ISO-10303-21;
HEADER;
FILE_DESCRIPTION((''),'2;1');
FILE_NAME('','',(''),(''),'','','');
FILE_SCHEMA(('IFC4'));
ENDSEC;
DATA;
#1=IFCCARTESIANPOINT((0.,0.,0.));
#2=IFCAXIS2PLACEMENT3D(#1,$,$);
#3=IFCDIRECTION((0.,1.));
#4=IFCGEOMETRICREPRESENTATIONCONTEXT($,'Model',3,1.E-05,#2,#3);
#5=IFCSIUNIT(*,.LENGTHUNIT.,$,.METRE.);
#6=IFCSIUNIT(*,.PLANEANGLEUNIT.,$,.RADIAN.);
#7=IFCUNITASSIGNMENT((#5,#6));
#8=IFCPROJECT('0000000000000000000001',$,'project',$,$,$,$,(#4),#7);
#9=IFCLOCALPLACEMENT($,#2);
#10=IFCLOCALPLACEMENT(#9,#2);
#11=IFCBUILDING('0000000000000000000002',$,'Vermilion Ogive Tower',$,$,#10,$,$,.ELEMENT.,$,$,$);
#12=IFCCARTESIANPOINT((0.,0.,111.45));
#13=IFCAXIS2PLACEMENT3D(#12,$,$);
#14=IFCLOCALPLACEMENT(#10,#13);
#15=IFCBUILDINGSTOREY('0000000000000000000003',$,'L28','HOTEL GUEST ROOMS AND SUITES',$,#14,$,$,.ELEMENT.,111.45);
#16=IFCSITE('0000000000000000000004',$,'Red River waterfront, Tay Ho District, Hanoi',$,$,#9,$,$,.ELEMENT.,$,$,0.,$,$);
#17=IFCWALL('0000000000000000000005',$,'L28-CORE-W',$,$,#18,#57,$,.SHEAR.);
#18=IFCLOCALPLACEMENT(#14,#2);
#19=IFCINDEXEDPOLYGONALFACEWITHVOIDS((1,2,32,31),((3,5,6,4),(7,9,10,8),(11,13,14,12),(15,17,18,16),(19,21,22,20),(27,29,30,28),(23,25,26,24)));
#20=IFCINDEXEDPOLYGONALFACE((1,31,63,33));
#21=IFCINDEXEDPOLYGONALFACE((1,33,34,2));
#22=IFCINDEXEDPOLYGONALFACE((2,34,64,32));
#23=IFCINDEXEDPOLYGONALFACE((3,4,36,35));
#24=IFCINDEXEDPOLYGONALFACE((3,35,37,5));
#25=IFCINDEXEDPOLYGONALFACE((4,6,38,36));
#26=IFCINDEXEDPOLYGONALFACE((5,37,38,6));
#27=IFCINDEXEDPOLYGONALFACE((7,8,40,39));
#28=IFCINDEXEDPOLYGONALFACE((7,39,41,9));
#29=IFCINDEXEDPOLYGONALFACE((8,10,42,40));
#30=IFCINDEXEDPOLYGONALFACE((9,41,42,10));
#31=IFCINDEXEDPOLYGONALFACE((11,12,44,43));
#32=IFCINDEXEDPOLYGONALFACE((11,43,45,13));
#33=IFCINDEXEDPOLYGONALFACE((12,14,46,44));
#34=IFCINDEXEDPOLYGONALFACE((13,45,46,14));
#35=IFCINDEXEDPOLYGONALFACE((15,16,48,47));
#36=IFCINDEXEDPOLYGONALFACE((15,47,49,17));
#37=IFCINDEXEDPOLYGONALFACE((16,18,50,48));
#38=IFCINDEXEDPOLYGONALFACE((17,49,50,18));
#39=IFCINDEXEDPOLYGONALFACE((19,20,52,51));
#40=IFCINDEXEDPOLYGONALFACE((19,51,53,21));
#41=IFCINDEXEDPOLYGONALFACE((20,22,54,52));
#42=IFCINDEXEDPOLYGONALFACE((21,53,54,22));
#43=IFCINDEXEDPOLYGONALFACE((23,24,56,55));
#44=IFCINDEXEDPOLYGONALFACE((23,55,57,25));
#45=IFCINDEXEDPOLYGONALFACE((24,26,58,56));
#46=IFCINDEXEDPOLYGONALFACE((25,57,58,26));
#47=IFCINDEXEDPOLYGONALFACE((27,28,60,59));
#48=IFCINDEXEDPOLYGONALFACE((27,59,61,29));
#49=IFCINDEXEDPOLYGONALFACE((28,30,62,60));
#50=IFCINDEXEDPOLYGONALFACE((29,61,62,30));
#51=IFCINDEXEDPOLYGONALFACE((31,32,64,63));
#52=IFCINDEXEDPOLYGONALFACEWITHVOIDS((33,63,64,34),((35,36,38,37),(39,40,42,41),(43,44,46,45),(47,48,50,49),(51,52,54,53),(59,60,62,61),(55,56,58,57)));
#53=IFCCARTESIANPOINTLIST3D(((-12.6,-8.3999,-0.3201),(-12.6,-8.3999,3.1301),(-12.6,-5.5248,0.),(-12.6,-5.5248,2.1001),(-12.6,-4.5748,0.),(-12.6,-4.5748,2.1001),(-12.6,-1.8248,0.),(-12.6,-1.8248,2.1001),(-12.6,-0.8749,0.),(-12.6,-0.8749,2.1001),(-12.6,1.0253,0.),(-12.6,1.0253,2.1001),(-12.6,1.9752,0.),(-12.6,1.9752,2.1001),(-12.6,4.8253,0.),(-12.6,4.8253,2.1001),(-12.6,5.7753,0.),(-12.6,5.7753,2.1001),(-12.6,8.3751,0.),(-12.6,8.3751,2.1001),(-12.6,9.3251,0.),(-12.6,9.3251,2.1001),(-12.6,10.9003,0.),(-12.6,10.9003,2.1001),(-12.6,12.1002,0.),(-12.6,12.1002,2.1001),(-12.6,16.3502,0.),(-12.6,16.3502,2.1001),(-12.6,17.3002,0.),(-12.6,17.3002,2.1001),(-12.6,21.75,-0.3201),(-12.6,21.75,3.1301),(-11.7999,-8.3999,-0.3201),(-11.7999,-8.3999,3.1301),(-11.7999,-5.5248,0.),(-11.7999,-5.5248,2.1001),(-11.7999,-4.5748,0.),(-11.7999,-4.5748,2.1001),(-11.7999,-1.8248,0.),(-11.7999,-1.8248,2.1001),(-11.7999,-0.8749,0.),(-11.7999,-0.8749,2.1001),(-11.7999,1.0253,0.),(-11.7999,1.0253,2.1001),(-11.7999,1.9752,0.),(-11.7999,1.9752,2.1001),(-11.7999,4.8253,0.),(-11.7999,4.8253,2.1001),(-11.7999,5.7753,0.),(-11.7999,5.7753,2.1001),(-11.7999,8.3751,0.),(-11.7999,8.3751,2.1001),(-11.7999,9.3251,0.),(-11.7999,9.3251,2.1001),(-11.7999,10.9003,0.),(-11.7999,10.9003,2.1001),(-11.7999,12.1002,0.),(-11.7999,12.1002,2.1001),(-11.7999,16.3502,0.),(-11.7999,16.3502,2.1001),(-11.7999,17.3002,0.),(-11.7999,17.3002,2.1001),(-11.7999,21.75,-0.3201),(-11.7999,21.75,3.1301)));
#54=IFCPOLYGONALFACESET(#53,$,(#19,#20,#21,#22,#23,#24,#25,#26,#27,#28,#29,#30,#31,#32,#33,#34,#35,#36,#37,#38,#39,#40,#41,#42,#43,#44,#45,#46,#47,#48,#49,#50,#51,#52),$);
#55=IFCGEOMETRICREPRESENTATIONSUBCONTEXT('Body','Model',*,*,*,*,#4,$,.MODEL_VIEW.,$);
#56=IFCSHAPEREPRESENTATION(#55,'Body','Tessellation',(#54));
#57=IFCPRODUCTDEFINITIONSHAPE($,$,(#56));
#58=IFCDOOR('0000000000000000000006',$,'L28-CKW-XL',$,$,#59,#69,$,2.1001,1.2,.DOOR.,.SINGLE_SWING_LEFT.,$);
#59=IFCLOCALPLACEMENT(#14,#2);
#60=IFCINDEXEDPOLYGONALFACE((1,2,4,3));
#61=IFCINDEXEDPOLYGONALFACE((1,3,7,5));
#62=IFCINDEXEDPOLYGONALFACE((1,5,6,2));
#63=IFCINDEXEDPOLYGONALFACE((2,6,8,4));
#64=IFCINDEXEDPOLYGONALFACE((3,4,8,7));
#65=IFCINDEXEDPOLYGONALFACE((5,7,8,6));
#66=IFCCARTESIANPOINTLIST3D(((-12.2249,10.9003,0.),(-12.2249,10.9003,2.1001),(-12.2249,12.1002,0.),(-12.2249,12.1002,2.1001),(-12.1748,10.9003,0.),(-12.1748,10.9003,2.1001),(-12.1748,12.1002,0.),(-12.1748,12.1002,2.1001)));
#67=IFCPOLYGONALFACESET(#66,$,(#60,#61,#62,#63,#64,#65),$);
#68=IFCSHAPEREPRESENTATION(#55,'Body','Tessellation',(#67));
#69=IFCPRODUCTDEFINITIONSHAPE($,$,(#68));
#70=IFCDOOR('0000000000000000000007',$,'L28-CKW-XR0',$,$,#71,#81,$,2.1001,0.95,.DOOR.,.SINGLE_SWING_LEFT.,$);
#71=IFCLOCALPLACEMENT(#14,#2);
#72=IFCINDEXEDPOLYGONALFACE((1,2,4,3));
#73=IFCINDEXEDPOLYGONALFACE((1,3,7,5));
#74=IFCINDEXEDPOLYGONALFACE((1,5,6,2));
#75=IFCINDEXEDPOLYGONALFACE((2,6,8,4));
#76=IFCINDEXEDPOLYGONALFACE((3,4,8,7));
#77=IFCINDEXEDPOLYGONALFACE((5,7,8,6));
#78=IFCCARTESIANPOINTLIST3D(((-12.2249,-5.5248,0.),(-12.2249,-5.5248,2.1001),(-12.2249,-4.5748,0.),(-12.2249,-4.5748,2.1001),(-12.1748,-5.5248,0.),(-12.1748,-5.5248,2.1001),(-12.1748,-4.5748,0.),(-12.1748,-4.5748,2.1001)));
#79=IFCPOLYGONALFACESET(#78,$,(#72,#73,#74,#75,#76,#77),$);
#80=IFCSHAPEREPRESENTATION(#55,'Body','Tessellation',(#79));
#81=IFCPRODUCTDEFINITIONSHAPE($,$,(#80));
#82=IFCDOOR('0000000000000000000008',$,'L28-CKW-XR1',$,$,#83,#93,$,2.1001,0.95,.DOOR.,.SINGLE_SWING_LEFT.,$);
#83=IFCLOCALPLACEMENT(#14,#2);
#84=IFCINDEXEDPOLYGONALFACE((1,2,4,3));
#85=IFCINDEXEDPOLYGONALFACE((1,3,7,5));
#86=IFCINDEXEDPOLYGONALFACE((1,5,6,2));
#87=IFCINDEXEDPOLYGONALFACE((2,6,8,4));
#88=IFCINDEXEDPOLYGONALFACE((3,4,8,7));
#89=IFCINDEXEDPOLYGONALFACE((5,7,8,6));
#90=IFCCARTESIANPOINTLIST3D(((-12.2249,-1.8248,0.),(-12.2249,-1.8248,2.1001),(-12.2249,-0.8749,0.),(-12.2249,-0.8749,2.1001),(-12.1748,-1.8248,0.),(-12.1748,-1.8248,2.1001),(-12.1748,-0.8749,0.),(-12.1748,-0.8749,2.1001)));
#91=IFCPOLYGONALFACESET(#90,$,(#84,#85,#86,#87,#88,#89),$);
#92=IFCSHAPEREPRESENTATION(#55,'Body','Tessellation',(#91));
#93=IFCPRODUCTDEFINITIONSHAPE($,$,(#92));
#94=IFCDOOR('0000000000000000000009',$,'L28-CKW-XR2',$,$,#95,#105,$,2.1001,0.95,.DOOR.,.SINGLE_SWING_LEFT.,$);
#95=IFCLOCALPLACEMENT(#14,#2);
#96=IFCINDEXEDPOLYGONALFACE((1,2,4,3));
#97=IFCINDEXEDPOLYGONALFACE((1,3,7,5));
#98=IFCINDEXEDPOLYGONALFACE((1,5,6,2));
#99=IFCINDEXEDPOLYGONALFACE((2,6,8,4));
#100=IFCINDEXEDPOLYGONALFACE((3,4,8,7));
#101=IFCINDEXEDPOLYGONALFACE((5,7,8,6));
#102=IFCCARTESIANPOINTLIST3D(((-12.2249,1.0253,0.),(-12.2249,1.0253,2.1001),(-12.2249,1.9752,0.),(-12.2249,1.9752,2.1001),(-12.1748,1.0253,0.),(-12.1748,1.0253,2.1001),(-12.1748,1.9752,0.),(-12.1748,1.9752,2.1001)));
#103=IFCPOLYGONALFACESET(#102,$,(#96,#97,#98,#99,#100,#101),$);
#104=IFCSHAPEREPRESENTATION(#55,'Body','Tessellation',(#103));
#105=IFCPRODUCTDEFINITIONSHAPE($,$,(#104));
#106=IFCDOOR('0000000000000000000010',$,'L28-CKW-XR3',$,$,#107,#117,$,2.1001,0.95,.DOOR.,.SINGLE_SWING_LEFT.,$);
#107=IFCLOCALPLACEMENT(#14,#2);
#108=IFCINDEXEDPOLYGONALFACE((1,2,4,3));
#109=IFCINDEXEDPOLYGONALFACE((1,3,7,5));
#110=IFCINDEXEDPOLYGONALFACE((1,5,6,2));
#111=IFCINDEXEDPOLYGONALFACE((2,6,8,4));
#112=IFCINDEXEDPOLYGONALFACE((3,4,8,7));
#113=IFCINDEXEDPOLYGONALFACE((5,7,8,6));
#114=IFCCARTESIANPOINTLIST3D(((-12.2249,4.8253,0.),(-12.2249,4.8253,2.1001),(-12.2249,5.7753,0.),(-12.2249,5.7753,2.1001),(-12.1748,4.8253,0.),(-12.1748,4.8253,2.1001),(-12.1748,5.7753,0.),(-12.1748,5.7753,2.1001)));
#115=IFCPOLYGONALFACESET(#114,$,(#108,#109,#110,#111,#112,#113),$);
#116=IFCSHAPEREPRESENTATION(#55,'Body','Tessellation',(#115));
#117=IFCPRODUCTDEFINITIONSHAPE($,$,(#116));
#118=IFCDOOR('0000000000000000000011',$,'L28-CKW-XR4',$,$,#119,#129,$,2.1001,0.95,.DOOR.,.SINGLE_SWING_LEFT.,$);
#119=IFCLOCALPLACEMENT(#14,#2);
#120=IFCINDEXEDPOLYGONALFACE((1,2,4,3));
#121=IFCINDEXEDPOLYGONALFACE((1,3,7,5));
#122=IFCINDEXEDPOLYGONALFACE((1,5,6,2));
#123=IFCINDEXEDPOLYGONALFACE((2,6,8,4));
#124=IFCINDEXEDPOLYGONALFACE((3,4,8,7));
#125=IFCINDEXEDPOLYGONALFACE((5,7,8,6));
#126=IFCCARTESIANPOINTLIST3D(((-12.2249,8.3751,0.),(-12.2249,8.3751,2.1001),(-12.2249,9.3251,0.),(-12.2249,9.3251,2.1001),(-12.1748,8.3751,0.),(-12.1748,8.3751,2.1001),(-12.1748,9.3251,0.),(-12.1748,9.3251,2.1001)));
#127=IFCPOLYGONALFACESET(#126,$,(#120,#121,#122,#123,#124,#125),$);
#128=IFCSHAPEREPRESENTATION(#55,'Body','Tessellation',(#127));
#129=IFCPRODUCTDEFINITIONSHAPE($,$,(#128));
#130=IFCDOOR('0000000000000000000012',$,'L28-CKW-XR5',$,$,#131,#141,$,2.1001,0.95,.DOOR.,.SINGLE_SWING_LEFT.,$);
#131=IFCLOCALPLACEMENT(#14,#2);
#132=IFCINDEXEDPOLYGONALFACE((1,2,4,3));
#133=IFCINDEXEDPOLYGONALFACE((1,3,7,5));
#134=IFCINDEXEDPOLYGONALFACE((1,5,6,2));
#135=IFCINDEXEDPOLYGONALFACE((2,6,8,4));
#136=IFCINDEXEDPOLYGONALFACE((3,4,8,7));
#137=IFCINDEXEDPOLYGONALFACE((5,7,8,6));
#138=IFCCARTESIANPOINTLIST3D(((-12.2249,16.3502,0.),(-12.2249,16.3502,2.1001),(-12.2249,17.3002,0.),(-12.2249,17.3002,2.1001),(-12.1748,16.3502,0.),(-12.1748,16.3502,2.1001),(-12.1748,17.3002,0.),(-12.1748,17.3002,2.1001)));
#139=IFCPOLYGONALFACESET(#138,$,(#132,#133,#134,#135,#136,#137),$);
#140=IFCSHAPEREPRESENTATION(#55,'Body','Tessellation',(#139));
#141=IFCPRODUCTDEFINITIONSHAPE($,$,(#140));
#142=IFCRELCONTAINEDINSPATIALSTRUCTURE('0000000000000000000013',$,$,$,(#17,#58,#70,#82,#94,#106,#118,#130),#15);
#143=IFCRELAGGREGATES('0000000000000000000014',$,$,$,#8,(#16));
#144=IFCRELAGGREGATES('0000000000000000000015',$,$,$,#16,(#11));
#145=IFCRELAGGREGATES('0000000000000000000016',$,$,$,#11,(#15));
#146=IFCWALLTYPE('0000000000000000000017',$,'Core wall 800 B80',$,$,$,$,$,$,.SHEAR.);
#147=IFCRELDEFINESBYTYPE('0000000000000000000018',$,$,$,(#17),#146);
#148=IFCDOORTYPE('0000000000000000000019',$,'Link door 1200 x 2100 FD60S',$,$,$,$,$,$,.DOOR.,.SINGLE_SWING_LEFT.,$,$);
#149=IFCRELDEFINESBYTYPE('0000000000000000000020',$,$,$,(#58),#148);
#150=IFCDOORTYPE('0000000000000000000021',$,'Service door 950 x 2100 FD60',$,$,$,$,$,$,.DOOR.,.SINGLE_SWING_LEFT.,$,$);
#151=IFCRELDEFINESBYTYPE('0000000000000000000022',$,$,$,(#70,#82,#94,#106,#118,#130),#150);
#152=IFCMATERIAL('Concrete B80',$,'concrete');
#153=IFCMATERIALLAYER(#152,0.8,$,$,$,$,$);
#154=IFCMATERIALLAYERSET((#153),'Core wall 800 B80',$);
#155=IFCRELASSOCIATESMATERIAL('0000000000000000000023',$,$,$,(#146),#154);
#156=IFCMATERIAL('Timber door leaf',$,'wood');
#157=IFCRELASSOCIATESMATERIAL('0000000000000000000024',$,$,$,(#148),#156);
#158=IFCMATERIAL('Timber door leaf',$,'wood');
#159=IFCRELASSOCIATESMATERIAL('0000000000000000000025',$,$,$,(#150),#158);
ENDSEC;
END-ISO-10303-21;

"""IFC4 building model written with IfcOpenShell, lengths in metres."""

from ifc_helpers import new_model, si_unit, direction, frame, frame_2d, origin, place, context, subcontext, project, spatial, rectangle, extrude, material, layer, layer_set, type_object, element, fill, save


model = new_model("IFC4")

# Units and contexts
model_context = context("Model", 3, precision=1e-05, world=origin(), true_north=direction((0.0, 1.0)))
body_context = subcontext(model_context, "Body", "Model", "MODEL_VIEW")
ifc_project = project(units=[si_unit("LENGTHUNIT", "METRE"), si_unit("PLANEANGLEUNIT", "RADIAN")], contexts=[model_context])

# Site, building, storey
site_placement = place(None, origin())
site = spatial("IfcSite", under=ifc_project, at=site_placement, Name="Red River waterfront, Tay Ho District, Hanoi", CompositionType="ELEMENT", RefElevation=0.0)
building_placement = place(site_placement, origin())
building = spatial("IfcBuilding", under=site, at=building_placement, Name="Vermilion Ogive Tower", CompositionType="ELEMENT")
storey_placement = place(building_placement, frame((0.0, 0.0, 111.45)))
storey = spatial("IfcBuildingStorey", under=building, at=storey_placement, Name="L28", Description="HOTEL GUEST ROOMS AND SUITES", CompositionType="ELEMENT", Elevation=111.45)

# Wall, openings, doors
ifc_material_1 = material(Name="Concrete B80", Category="concrete")
ifc_layer_1 = layer(ifc_material_1, 0.8)
ifc_layer_set_1 = layer_set([ifc_layer_1], Name="Core wall 800 B80")
wall_type_1 = type_object("IfcWallType", Name="Core wall 800 B80", PredefinedType="SHEAR", material=ifc_layer_set_1)
wall_1_placement = place(storey_placement, frame((-12.2, -8.3999, -0.3201), z_axis=(0.0, 0.0, 1.0), x_axis=(0.0, 1.0, 0.0)))
wall_1 = element("IfcWall", 1, at=wall_1_placement, inside=storey, type_object=wall_type_1, Name="L28-CORE-W", PredefinedType="SHEAR", context=body_context, shape_type="SweptSolid", body=[
    extrude(rectangle(XDim=30.1499, YDim=0.8, at=frame_2d((15.075, 0.0))), origin(), (0.0, 0.0, 1.0), 3.4502),
])
opening_1_placement = place(wall_1_placement, frame((2.875, 0.0, 0.3201)))
opening_1 = element("IfcOpeningElement", 2, at=opening_1_placement, cuts=wall_1, PredefinedType="OPENING", context=body_context, shape_type="SweptSolid", body=[
    extrude(rectangle(XDim=0.95, YDim=2.1001, at=frame_2d((0.4751, 1.05))), frame((0.0, 0.4099, 0.0), z_axis=(0.0, -1.0, 0.0), x_axis=(1.0, 0.0, 0.0)), (0.0, 0.0, 1.0), 0.8201),
])
opening_2_placement = place(wall_1_placement, frame((6.575, 0.0, 0.3201)))
opening_2 = element("IfcOpeningElement", 3, at=opening_2_placement, cuts=wall_1, PredefinedType="OPENING", context=body_context, shape_type="SweptSolid", body=[
    extrude(rectangle(XDim=0.95, YDim=2.1001, at=frame_2d((0.4751, 1.05))), frame((0.0, 0.4099, 0.0), z_axis=(0.0, -1.0, 0.0), x_axis=(1.0, 0.0, 0.0)), (0.0, 0.0, 1.0), 0.8201),
])
opening_3_placement = place(wall_1_placement, frame((9.425, 0.0, 0.3201)))
opening_3 = element("IfcOpeningElement", 4, at=opening_3_placement, cuts=wall_1, PredefinedType="OPENING", context=body_context, shape_type="SweptSolid", body=[
    extrude(rectangle(XDim=0.95, YDim=2.1001, at=frame_2d((0.4751, 1.05))), frame((0.0, 0.4099, 0.0), z_axis=(0.0, -1.0, 0.0), x_axis=(1.0, 0.0, 0.0)), (0.0, 0.0, 1.0), 0.8201),
])
opening_4_placement = place(wall_1_placement, frame((13.2251, 0.0, 0.3201)))
opening_4 = element("IfcOpeningElement", 5, at=opening_4_placement, cuts=wall_1, PredefinedType="OPENING", context=body_context, shape_type="SweptSolid", body=[
    extrude(rectangle(XDim=0.95, YDim=2.1001, at=frame_2d((0.4751, 1.05))), frame((0.0, 0.4099, 0.0), z_axis=(0.0, -1.0, 0.0), x_axis=(1.0, 0.0, 0.0)), (0.0, 0.0, 1.0), 0.8201),
])
opening_5_placement = place(wall_1_placement, frame((16.7749, 0.0, 0.3201)))
opening_5 = element("IfcOpeningElement", 6, at=opening_5_placement, cuts=wall_1, PredefinedType="OPENING", context=body_context, shape_type="SweptSolid", body=[
    extrude(rectangle(XDim=0.95, YDim=2.1001, at=frame_2d((0.4751, 1.05))), frame((0.0, 0.4099, 0.0), z_axis=(0.0, -1.0, 0.0), x_axis=(1.0, 0.0, 0.0)), (0.0, 0.0, 1.0), 0.8201),
])
opening_6_placement = place(wall_1_placement, frame((24.75, 0.0, 0.3201)))
opening_6 = element("IfcOpeningElement", 7, at=opening_6_placement, cuts=wall_1, PredefinedType="OPENING", context=body_context, shape_type="SweptSolid", body=[
    extrude(rectangle(XDim=0.95, YDim=2.1001, at=frame_2d((0.4751, 1.05))), frame((0.0, 0.4099, 0.0), z_axis=(0.0, -1.0, 0.0), x_axis=(1.0, 0.0, 0.0)), (0.0, 0.0, 1.0), 0.8201),
])
opening_7_placement = place(wall_1_placement, frame((19.3, 0.0, 0.3201)))
opening_7 = element("IfcOpeningElement", 8, at=opening_7_placement, cuts=wall_1, PredefinedType="OPENING", context=body_context, shape_type="SweptSolid", body=[
    extrude(rectangle(XDim=1.2, YDim=2.1001, at=frame_2d((0.6001, 1.05))), frame((0.0, 0.4099, 0.0), z_axis=(0.0, -1.0, 0.0), x_axis=(1.0, 0.0, 0.0)), (0.0, 0.0, 1.0), 0.8201),
])
ifc_material_2 = material(Name="Timber door leaf", Category="wood")
door_type_1 = type_object("IfcDoorType", Name="Link door 1200 x 2100 FD60S", OperationType="SINGLE_SWING_LEFT", PredefinedType="DOOR", material=ifc_material_2)
door_1_placement = place(opening_7_placement, origin())
door_1 = element("IfcDoor", 9, at=door_1_placement, inside=storey, type_object=door_type_1, Name="L28-CKW-XL", OperationType="SINGLE_SWING_LEFT", OverallHeight=2.1001, OverallWidth=1.2, PredefinedType="DOOR", context=body_context, shape_type="SweptSolid", body=[
    extrude(rectangle(XDim=1.2, YDim=2.1001, at=frame_2d((0.6001, 1.05))), frame((0.0, 0.0249, 0.0), z_axis=(0.0, -1.0, 0.0), x_axis=(1.0, 0.0, 0.0)), (0.0, 0.0, 1.0), 0.05),
])
fill(opening_7, door_1)
ifc_material_3 = material(Name="Timber door leaf", Category="wood")
door_type_2 = type_object("IfcDoorType", Name="Service door 950 x 2100 FD60", OperationType="SINGLE_SWING_LEFT", PredefinedType="DOOR", material=ifc_material_3)
door_2_placement = place(opening_1_placement, origin())
door_2 = element("IfcDoor", 10, at=door_2_placement, inside=storey, type_object=door_type_2, Name="L28-CKW-XR0", OperationType="SINGLE_SWING_LEFT", OverallHeight=2.1001, OverallWidth=0.95, PredefinedType="DOOR", context=body_context, shape_type="SweptSolid", body=[
    extrude(rectangle(XDim=0.95, YDim=2.1001, at=frame_2d((0.4751, 1.05))), frame((0.0, 0.0249, 0.0), z_axis=(0.0, -1.0, 0.0), x_axis=(1.0, 0.0, 0.0)), (0.0, 0.0, 1.0), 0.05),
])
fill(opening_1, door_2)
door_3_placement = place(opening_2_placement, origin())
door_3 = element("IfcDoor", 11, at=door_3_placement, inside=storey, type_object=door_type_2, Name="L28-CKW-XR1", OperationType="SINGLE_SWING_LEFT", OverallHeight=2.1001, OverallWidth=0.95, PredefinedType="DOOR", context=body_context, shape_type="SweptSolid", body=[
    extrude(rectangle(XDim=0.95, YDim=2.1001, at=frame_2d((0.4751, 1.05))), frame((0.0, 0.0249, 0.0), z_axis=(0.0, -1.0, 0.0), x_axis=(1.0, 0.0, 0.0)), (0.0, 0.0, 1.0), 0.05),
])
fill(opening_2, door_3)
door_4_placement = place(opening_3_placement, origin())
door_4 = element("IfcDoor", 12, at=door_4_placement, inside=storey, type_object=door_type_2, Name="L28-CKW-XR2", OperationType="SINGLE_SWING_LEFT", OverallHeight=2.1001, OverallWidth=0.95, PredefinedType="DOOR", context=body_context, shape_type="SweptSolid", body=[
    extrude(rectangle(XDim=0.95, YDim=2.1001, at=frame_2d((0.4751, 1.05))), frame((0.0, 0.0249, 0.0), z_axis=(0.0, -1.0, 0.0), x_axis=(1.0, 0.0, 0.0)), (0.0, 0.0, 1.0), 0.05),
])
fill(opening_3, door_4)
door_5_placement = place(opening_4_placement, origin())
door_5 = element("IfcDoor", 13, at=door_5_placement, inside=storey, type_object=door_type_2, Name="L28-CKW-XR3", OperationType="SINGLE_SWING_LEFT", OverallHeight=2.1001, OverallWidth=0.95, PredefinedType="DOOR", context=body_context, shape_type="SweptSolid", body=[
    extrude(rectangle(XDim=0.95, YDim=2.1001, at=frame_2d((0.4751, 1.05))), frame((0.0, 0.0249, 0.0), z_axis=(0.0, -1.0, 0.0), x_axis=(1.0, 0.0, 0.0)), (0.0, 0.0, 1.0), 0.05),
])
fill(opening_4, door_5)
door_6_placement = place(opening_5_placement, origin())
door_6 = element("IfcDoor", 14, at=door_6_placement, inside=storey, type_object=door_type_2, Name="L28-CKW-XR4", OperationType="SINGLE_SWING_LEFT", OverallHeight=2.1001, OverallWidth=0.95, PredefinedType="DOOR", context=body_context, shape_type="SweptSolid", body=[
    extrude(rectangle(XDim=0.95, YDim=2.1001, at=frame_2d((0.4751, 1.05))), frame((0.0, 0.0249, 0.0), z_axis=(0.0, -1.0, 0.0), x_axis=(1.0, 0.0, 0.0)), (0.0, 0.0, 1.0), 0.05),
])
fill(opening_5, door_6)
door_7_placement = place(opening_6_placement, origin())
door_7 = element("IfcDoor", 15, at=door_7_placement, inside=storey, type_object=door_type_2, Name="L28-CKW-XR5", OperationType="SINGLE_SWING_LEFT", OverallHeight=2.1001, OverallWidth=0.95, PredefinedType="DOOR", context=body_context, shape_type="SweptSolid", body=[
    extrude(rectangle(XDim=0.95, YDim=2.1001, at=frame_2d((0.4751, 1.05))), frame((0.0, 0.0249, 0.0), z_axis=(0.0, -1.0, 0.0), x_axis=(1.0, 0.0, 0.0)), (0.0, 0.0, 1.0), 0.05),
])
fill(opening_6, door_7)

save(model, "model.ifc")
